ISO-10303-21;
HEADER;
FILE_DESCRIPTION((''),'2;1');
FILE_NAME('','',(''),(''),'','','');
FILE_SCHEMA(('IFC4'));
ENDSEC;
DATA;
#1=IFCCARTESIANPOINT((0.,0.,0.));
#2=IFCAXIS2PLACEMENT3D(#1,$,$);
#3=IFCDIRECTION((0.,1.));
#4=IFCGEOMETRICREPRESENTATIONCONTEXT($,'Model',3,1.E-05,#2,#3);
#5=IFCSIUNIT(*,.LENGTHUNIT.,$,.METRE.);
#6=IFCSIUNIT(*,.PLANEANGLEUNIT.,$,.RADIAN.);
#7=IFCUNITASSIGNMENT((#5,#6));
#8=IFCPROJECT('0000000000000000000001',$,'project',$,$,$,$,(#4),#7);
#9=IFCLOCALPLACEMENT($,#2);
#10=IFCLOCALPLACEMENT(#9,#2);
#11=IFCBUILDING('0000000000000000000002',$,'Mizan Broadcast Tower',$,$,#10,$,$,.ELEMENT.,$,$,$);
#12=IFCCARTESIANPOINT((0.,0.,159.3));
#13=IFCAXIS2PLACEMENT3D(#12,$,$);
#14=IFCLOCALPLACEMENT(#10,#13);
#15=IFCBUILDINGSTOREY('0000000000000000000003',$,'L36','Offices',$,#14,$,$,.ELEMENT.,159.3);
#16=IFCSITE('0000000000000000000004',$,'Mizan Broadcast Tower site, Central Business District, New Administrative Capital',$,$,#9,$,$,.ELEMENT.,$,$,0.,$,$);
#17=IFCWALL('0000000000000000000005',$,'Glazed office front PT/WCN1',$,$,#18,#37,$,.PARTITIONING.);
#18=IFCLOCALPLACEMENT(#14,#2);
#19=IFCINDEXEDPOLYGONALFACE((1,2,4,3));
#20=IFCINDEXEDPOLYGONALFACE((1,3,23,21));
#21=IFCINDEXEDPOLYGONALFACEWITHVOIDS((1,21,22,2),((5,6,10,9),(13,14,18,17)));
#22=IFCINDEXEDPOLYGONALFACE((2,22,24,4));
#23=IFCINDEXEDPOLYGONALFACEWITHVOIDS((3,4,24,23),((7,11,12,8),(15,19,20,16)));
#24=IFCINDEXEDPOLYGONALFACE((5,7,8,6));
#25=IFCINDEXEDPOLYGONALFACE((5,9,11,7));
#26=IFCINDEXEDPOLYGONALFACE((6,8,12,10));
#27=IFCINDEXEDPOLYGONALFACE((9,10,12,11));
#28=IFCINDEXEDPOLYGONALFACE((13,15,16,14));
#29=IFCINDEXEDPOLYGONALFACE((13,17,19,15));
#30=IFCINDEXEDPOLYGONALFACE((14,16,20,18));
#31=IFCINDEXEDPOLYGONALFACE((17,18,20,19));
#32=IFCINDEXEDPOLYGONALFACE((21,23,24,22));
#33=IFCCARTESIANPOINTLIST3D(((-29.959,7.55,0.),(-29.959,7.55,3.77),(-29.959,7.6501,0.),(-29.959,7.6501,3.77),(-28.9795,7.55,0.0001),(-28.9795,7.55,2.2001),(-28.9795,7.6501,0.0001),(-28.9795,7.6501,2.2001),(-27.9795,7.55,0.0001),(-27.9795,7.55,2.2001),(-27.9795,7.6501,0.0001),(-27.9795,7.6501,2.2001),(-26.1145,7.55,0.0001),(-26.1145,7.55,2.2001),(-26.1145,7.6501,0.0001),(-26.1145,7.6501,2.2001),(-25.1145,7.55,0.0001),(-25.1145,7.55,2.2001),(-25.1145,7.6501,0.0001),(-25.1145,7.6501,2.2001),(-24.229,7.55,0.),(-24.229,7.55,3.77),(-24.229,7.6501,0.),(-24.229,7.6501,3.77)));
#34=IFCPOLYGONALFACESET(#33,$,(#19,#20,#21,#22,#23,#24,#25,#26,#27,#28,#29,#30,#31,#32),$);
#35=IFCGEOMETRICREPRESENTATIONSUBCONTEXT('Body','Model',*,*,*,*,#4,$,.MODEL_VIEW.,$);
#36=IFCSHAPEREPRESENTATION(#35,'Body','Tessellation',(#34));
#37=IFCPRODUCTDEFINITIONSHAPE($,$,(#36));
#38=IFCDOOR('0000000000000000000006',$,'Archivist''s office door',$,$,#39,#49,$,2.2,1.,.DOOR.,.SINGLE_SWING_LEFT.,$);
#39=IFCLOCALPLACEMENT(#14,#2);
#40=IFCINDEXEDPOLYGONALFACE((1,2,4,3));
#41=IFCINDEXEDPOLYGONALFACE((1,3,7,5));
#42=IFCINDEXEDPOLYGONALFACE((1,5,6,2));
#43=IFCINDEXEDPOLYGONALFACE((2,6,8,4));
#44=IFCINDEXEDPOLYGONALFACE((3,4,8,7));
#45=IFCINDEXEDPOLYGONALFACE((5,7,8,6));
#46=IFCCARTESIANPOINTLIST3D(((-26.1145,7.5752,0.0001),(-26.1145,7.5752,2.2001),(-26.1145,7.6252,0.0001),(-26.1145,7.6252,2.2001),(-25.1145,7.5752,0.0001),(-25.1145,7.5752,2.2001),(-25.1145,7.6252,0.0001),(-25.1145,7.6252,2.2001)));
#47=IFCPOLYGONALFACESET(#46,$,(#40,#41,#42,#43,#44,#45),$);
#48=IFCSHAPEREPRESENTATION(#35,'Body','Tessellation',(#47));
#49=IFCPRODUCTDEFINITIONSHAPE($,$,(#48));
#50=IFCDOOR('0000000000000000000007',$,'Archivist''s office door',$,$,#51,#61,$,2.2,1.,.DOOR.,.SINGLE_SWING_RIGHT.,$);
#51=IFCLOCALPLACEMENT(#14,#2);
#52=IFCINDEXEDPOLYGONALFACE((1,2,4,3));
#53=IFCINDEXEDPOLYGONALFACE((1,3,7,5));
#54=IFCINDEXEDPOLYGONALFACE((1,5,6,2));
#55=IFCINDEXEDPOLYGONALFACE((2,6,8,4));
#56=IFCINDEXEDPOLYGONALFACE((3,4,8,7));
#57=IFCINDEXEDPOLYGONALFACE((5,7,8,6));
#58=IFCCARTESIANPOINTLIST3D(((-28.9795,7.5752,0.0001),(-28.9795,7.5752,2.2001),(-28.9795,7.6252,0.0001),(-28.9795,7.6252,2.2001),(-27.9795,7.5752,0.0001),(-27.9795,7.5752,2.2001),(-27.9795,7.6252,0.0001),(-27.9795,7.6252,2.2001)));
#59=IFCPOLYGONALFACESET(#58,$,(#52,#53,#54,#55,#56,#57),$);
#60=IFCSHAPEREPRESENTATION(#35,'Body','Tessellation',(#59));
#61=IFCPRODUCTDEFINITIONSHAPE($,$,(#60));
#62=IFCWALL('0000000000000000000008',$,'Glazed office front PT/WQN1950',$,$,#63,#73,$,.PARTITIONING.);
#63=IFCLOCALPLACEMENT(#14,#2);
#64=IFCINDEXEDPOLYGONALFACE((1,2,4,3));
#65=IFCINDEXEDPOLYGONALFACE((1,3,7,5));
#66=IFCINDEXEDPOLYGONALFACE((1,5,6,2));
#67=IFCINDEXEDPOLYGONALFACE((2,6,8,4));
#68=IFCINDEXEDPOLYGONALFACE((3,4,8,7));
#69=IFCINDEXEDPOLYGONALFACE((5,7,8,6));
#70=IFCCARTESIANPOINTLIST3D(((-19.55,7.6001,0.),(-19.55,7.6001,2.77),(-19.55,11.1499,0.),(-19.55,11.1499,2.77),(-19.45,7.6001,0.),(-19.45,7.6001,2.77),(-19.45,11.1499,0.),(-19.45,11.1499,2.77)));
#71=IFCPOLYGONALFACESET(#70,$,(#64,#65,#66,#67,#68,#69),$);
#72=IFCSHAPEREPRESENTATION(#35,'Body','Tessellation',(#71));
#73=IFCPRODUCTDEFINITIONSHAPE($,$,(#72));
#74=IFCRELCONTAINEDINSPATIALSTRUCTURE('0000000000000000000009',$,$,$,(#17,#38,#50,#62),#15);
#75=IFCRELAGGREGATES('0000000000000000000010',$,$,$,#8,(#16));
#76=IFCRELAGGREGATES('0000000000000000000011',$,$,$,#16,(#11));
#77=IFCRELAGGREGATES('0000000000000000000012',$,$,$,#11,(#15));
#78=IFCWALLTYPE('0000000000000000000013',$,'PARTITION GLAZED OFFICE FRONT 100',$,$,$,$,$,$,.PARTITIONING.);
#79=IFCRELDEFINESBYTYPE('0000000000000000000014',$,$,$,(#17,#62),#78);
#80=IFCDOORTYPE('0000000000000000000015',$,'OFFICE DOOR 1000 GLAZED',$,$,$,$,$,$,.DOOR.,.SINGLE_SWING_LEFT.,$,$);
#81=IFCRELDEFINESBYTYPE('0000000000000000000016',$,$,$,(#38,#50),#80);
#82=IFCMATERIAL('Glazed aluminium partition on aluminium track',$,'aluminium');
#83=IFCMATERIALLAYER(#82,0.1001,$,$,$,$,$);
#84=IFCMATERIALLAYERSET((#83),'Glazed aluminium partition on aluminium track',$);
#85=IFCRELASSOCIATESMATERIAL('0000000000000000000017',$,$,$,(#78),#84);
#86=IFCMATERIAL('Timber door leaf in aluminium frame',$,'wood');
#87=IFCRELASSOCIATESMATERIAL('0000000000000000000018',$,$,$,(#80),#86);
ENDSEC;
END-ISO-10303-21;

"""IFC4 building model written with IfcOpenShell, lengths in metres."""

from ifc_helpers import new_model, si_unit, direction, frame, frame_2d, origin, place, context, subcontext, project, spatial, rectangle, extrude, material, layer, layer_set, type_object, element, fill, save


model = new_model("IFC4")

# Units and contexts
model_context = context("Model", 3, precision=1e-05, world=origin(), true_north=direction((0.0, 1.0)))
body_context = subcontext(model_context, "Body", "Model", "MODEL_VIEW")
ifc_project = project(units=[si_unit("LENGTHUNIT", "METRE"), si_unit("PLANEANGLEUNIT", "RADIAN")], contexts=[model_context])

# Site, building, storey
site_placement = place(None, origin())
site = spatial("IfcSite", under=ifc_project, at=site_placement, Name="Mizan Broadcast Tower site, Central Business District, New Administrative Capital", CompositionType="ELEMENT", RefElevation=0.0)
building_placement = place(site_placement, origin())
building = spatial("IfcBuilding", under=site, at=building_placement, Name="Mizan Broadcast Tower", CompositionType="ELEMENT")
storey_placement = place(building_placement, frame((0.0, 0.0, 159.3)))
storey = spatial("IfcBuildingStorey", under=building, at=storey_placement, Name="L36", Description="Offices", CompositionType="ELEMENT", Elevation=159.3)

# Shared definitions
ifc_material_1 = material(Name="Glazed aluminium partition on aluminium track", Category="aluminium")
ifc_layer_1 = layer(ifc_material_1, 0.1001)
ifc_layer_set_1 = layer_set([ifc_layer_1], Name="Glazed aluminium partition on aluminium track")
wall_type_1 = type_object("IfcWallType", Name="PARTITION GLAZED OFFICE FRONT 100", PredefinedType="PARTITIONING", material=ifc_layer_set_1)
ifc_material_2 = material(Name="Timber door leaf in aluminium frame", Category="wood")
door_type_1 = type_object("IfcDoorType", Name="OFFICE DOOR 1000 GLAZED", OperationType="SINGLE_SWING_LEFT", PredefinedType="DOOR", material=ifc_material_2)

# Wall, openings, doors
wall_1_placement = place(storey_placement, frame((-24.229, 7.6001, 0.0), z_axis=(0.0, 0.0, 1.0), x_axis=(-1.0, 0.0, 0.0)))
wall_1 = element("IfcWall", 1, at=wall_1_placement, inside=storey, type_object=wall_type_1, Name="Glazed office front PT/WCN1", PredefinedType="PARTITIONING", context=body_context, shape_type="SweptSolid", body=[
    extrude(rectangle(XDim=5.73, YDim=0.1001, at=frame_2d((2.865, 0.0))), origin(), (0.0, 0.0, 1.0), 3.77),
])
opening_1_placement = place(wall_1_placement, frame((0.8855, 0.0, 0.0)))
opening_1 = element("IfcOpeningElement", 2, at=opening_1_placement, cuts=wall_1, PredefinedType="OPENING", context=body_context, shape_type="SweptSolid", body=[
    extrude(rectangle(XDim=1.0, YDim=2.2, at=frame_2d((0.5, 1.1001))), frame((0.0, 0.0601, 0.0), z_axis=(0.0, -1.0, 0.0), x_axis=(1.0, 0.0, 0.0)), (0.0, 0.0, 1.0), 0.1201),
])
opening_2_placement = place(wall_1_placement, frame((3.7505, 0.0, 0.0)))
opening_2 = element("IfcOpeningElement", 3, at=opening_2_placement, cuts=wall_1, PredefinedType="OPENING", context=body_context, shape_type="SweptSolid", body=[
    extrude(rectangle(XDim=1.0, YDim=2.2, at=frame_2d((0.5, 1.1001))), frame((0.0, 0.0601, 0.0), z_axis=(0.0, -1.0, 0.0), x_axis=(1.0, 0.0, 0.0)), (0.0, 0.0, 1.0), 0.1201),
])
door_1_placement = place(opening_1_placement, origin())
door_1 = element("IfcDoor", 4, at=door_1_placement, inside=storey, type_object=door_type_1, Name="Archivist's office door", OperationType="SINGLE_SWING_LEFT", OverallHeight=2.2, OverallWidth=1.0, PredefinedType="DOOR", context=body_context, shape_type="SweptSolid", body=[
    extrude(rectangle(XDim=1.0, YDim=2.2, at=frame_2d((0.5, 1.1001))), frame((0.0, 0.0249, 0.0), z_axis=(0.0, -1.0, 0.0), x_axis=(1.0, 0.0, 0.0)), (0.0, 0.0, 1.0), 0.05),
])
fill(opening_1, door_1)
door_2_placement = place(opening_2_placement, origin())
door_2 = element("IfcDoor", 5, at=door_2_placement, inside=storey, type_object=door_type_1, Name="Archivist's office door", OperationType="SINGLE_SWING_RIGHT", OverallHeight=2.2, OverallWidth=1.0, PredefinedType="DOOR", context=body_context, shape_type="SweptSolid", body=[
    extrude(rectangle(XDim=1.0, YDim=2.2, at=frame_2d((0.5, 1.1001))), frame((0.0, 0.0249, 0.0), z_axis=(0.0, -1.0, 0.0), x_axis=(1.0, 0.0, 0.0)), (0.0, 0.0, 1.0), 0.05),
])
fill(opening_2, door_2)

# Wall
wall_2_placement = place(storey_placement, frame((-19.5, 7.6001, 0.0), z_axis=(0.0, 0.0, 1.0), x_axis=(0.0, 1.0, 0.0)))
element("IfcWall", 6, at=wall_2_placement, inside=storey, type_object=wall_type_1, Name="Glazed office front PT/WQN1950", PredefinedType="PARTITIONING", context=body_context, shape_type="SweptSolid", body=[
    extrude(rectangle(XDim=3.5498, YDim=0.1001, at=frame_2d((1.7749, 0.0))), origin(), (0.0, 0.0, 1.0), 2.77),
])

save(model, "model.ifc")
